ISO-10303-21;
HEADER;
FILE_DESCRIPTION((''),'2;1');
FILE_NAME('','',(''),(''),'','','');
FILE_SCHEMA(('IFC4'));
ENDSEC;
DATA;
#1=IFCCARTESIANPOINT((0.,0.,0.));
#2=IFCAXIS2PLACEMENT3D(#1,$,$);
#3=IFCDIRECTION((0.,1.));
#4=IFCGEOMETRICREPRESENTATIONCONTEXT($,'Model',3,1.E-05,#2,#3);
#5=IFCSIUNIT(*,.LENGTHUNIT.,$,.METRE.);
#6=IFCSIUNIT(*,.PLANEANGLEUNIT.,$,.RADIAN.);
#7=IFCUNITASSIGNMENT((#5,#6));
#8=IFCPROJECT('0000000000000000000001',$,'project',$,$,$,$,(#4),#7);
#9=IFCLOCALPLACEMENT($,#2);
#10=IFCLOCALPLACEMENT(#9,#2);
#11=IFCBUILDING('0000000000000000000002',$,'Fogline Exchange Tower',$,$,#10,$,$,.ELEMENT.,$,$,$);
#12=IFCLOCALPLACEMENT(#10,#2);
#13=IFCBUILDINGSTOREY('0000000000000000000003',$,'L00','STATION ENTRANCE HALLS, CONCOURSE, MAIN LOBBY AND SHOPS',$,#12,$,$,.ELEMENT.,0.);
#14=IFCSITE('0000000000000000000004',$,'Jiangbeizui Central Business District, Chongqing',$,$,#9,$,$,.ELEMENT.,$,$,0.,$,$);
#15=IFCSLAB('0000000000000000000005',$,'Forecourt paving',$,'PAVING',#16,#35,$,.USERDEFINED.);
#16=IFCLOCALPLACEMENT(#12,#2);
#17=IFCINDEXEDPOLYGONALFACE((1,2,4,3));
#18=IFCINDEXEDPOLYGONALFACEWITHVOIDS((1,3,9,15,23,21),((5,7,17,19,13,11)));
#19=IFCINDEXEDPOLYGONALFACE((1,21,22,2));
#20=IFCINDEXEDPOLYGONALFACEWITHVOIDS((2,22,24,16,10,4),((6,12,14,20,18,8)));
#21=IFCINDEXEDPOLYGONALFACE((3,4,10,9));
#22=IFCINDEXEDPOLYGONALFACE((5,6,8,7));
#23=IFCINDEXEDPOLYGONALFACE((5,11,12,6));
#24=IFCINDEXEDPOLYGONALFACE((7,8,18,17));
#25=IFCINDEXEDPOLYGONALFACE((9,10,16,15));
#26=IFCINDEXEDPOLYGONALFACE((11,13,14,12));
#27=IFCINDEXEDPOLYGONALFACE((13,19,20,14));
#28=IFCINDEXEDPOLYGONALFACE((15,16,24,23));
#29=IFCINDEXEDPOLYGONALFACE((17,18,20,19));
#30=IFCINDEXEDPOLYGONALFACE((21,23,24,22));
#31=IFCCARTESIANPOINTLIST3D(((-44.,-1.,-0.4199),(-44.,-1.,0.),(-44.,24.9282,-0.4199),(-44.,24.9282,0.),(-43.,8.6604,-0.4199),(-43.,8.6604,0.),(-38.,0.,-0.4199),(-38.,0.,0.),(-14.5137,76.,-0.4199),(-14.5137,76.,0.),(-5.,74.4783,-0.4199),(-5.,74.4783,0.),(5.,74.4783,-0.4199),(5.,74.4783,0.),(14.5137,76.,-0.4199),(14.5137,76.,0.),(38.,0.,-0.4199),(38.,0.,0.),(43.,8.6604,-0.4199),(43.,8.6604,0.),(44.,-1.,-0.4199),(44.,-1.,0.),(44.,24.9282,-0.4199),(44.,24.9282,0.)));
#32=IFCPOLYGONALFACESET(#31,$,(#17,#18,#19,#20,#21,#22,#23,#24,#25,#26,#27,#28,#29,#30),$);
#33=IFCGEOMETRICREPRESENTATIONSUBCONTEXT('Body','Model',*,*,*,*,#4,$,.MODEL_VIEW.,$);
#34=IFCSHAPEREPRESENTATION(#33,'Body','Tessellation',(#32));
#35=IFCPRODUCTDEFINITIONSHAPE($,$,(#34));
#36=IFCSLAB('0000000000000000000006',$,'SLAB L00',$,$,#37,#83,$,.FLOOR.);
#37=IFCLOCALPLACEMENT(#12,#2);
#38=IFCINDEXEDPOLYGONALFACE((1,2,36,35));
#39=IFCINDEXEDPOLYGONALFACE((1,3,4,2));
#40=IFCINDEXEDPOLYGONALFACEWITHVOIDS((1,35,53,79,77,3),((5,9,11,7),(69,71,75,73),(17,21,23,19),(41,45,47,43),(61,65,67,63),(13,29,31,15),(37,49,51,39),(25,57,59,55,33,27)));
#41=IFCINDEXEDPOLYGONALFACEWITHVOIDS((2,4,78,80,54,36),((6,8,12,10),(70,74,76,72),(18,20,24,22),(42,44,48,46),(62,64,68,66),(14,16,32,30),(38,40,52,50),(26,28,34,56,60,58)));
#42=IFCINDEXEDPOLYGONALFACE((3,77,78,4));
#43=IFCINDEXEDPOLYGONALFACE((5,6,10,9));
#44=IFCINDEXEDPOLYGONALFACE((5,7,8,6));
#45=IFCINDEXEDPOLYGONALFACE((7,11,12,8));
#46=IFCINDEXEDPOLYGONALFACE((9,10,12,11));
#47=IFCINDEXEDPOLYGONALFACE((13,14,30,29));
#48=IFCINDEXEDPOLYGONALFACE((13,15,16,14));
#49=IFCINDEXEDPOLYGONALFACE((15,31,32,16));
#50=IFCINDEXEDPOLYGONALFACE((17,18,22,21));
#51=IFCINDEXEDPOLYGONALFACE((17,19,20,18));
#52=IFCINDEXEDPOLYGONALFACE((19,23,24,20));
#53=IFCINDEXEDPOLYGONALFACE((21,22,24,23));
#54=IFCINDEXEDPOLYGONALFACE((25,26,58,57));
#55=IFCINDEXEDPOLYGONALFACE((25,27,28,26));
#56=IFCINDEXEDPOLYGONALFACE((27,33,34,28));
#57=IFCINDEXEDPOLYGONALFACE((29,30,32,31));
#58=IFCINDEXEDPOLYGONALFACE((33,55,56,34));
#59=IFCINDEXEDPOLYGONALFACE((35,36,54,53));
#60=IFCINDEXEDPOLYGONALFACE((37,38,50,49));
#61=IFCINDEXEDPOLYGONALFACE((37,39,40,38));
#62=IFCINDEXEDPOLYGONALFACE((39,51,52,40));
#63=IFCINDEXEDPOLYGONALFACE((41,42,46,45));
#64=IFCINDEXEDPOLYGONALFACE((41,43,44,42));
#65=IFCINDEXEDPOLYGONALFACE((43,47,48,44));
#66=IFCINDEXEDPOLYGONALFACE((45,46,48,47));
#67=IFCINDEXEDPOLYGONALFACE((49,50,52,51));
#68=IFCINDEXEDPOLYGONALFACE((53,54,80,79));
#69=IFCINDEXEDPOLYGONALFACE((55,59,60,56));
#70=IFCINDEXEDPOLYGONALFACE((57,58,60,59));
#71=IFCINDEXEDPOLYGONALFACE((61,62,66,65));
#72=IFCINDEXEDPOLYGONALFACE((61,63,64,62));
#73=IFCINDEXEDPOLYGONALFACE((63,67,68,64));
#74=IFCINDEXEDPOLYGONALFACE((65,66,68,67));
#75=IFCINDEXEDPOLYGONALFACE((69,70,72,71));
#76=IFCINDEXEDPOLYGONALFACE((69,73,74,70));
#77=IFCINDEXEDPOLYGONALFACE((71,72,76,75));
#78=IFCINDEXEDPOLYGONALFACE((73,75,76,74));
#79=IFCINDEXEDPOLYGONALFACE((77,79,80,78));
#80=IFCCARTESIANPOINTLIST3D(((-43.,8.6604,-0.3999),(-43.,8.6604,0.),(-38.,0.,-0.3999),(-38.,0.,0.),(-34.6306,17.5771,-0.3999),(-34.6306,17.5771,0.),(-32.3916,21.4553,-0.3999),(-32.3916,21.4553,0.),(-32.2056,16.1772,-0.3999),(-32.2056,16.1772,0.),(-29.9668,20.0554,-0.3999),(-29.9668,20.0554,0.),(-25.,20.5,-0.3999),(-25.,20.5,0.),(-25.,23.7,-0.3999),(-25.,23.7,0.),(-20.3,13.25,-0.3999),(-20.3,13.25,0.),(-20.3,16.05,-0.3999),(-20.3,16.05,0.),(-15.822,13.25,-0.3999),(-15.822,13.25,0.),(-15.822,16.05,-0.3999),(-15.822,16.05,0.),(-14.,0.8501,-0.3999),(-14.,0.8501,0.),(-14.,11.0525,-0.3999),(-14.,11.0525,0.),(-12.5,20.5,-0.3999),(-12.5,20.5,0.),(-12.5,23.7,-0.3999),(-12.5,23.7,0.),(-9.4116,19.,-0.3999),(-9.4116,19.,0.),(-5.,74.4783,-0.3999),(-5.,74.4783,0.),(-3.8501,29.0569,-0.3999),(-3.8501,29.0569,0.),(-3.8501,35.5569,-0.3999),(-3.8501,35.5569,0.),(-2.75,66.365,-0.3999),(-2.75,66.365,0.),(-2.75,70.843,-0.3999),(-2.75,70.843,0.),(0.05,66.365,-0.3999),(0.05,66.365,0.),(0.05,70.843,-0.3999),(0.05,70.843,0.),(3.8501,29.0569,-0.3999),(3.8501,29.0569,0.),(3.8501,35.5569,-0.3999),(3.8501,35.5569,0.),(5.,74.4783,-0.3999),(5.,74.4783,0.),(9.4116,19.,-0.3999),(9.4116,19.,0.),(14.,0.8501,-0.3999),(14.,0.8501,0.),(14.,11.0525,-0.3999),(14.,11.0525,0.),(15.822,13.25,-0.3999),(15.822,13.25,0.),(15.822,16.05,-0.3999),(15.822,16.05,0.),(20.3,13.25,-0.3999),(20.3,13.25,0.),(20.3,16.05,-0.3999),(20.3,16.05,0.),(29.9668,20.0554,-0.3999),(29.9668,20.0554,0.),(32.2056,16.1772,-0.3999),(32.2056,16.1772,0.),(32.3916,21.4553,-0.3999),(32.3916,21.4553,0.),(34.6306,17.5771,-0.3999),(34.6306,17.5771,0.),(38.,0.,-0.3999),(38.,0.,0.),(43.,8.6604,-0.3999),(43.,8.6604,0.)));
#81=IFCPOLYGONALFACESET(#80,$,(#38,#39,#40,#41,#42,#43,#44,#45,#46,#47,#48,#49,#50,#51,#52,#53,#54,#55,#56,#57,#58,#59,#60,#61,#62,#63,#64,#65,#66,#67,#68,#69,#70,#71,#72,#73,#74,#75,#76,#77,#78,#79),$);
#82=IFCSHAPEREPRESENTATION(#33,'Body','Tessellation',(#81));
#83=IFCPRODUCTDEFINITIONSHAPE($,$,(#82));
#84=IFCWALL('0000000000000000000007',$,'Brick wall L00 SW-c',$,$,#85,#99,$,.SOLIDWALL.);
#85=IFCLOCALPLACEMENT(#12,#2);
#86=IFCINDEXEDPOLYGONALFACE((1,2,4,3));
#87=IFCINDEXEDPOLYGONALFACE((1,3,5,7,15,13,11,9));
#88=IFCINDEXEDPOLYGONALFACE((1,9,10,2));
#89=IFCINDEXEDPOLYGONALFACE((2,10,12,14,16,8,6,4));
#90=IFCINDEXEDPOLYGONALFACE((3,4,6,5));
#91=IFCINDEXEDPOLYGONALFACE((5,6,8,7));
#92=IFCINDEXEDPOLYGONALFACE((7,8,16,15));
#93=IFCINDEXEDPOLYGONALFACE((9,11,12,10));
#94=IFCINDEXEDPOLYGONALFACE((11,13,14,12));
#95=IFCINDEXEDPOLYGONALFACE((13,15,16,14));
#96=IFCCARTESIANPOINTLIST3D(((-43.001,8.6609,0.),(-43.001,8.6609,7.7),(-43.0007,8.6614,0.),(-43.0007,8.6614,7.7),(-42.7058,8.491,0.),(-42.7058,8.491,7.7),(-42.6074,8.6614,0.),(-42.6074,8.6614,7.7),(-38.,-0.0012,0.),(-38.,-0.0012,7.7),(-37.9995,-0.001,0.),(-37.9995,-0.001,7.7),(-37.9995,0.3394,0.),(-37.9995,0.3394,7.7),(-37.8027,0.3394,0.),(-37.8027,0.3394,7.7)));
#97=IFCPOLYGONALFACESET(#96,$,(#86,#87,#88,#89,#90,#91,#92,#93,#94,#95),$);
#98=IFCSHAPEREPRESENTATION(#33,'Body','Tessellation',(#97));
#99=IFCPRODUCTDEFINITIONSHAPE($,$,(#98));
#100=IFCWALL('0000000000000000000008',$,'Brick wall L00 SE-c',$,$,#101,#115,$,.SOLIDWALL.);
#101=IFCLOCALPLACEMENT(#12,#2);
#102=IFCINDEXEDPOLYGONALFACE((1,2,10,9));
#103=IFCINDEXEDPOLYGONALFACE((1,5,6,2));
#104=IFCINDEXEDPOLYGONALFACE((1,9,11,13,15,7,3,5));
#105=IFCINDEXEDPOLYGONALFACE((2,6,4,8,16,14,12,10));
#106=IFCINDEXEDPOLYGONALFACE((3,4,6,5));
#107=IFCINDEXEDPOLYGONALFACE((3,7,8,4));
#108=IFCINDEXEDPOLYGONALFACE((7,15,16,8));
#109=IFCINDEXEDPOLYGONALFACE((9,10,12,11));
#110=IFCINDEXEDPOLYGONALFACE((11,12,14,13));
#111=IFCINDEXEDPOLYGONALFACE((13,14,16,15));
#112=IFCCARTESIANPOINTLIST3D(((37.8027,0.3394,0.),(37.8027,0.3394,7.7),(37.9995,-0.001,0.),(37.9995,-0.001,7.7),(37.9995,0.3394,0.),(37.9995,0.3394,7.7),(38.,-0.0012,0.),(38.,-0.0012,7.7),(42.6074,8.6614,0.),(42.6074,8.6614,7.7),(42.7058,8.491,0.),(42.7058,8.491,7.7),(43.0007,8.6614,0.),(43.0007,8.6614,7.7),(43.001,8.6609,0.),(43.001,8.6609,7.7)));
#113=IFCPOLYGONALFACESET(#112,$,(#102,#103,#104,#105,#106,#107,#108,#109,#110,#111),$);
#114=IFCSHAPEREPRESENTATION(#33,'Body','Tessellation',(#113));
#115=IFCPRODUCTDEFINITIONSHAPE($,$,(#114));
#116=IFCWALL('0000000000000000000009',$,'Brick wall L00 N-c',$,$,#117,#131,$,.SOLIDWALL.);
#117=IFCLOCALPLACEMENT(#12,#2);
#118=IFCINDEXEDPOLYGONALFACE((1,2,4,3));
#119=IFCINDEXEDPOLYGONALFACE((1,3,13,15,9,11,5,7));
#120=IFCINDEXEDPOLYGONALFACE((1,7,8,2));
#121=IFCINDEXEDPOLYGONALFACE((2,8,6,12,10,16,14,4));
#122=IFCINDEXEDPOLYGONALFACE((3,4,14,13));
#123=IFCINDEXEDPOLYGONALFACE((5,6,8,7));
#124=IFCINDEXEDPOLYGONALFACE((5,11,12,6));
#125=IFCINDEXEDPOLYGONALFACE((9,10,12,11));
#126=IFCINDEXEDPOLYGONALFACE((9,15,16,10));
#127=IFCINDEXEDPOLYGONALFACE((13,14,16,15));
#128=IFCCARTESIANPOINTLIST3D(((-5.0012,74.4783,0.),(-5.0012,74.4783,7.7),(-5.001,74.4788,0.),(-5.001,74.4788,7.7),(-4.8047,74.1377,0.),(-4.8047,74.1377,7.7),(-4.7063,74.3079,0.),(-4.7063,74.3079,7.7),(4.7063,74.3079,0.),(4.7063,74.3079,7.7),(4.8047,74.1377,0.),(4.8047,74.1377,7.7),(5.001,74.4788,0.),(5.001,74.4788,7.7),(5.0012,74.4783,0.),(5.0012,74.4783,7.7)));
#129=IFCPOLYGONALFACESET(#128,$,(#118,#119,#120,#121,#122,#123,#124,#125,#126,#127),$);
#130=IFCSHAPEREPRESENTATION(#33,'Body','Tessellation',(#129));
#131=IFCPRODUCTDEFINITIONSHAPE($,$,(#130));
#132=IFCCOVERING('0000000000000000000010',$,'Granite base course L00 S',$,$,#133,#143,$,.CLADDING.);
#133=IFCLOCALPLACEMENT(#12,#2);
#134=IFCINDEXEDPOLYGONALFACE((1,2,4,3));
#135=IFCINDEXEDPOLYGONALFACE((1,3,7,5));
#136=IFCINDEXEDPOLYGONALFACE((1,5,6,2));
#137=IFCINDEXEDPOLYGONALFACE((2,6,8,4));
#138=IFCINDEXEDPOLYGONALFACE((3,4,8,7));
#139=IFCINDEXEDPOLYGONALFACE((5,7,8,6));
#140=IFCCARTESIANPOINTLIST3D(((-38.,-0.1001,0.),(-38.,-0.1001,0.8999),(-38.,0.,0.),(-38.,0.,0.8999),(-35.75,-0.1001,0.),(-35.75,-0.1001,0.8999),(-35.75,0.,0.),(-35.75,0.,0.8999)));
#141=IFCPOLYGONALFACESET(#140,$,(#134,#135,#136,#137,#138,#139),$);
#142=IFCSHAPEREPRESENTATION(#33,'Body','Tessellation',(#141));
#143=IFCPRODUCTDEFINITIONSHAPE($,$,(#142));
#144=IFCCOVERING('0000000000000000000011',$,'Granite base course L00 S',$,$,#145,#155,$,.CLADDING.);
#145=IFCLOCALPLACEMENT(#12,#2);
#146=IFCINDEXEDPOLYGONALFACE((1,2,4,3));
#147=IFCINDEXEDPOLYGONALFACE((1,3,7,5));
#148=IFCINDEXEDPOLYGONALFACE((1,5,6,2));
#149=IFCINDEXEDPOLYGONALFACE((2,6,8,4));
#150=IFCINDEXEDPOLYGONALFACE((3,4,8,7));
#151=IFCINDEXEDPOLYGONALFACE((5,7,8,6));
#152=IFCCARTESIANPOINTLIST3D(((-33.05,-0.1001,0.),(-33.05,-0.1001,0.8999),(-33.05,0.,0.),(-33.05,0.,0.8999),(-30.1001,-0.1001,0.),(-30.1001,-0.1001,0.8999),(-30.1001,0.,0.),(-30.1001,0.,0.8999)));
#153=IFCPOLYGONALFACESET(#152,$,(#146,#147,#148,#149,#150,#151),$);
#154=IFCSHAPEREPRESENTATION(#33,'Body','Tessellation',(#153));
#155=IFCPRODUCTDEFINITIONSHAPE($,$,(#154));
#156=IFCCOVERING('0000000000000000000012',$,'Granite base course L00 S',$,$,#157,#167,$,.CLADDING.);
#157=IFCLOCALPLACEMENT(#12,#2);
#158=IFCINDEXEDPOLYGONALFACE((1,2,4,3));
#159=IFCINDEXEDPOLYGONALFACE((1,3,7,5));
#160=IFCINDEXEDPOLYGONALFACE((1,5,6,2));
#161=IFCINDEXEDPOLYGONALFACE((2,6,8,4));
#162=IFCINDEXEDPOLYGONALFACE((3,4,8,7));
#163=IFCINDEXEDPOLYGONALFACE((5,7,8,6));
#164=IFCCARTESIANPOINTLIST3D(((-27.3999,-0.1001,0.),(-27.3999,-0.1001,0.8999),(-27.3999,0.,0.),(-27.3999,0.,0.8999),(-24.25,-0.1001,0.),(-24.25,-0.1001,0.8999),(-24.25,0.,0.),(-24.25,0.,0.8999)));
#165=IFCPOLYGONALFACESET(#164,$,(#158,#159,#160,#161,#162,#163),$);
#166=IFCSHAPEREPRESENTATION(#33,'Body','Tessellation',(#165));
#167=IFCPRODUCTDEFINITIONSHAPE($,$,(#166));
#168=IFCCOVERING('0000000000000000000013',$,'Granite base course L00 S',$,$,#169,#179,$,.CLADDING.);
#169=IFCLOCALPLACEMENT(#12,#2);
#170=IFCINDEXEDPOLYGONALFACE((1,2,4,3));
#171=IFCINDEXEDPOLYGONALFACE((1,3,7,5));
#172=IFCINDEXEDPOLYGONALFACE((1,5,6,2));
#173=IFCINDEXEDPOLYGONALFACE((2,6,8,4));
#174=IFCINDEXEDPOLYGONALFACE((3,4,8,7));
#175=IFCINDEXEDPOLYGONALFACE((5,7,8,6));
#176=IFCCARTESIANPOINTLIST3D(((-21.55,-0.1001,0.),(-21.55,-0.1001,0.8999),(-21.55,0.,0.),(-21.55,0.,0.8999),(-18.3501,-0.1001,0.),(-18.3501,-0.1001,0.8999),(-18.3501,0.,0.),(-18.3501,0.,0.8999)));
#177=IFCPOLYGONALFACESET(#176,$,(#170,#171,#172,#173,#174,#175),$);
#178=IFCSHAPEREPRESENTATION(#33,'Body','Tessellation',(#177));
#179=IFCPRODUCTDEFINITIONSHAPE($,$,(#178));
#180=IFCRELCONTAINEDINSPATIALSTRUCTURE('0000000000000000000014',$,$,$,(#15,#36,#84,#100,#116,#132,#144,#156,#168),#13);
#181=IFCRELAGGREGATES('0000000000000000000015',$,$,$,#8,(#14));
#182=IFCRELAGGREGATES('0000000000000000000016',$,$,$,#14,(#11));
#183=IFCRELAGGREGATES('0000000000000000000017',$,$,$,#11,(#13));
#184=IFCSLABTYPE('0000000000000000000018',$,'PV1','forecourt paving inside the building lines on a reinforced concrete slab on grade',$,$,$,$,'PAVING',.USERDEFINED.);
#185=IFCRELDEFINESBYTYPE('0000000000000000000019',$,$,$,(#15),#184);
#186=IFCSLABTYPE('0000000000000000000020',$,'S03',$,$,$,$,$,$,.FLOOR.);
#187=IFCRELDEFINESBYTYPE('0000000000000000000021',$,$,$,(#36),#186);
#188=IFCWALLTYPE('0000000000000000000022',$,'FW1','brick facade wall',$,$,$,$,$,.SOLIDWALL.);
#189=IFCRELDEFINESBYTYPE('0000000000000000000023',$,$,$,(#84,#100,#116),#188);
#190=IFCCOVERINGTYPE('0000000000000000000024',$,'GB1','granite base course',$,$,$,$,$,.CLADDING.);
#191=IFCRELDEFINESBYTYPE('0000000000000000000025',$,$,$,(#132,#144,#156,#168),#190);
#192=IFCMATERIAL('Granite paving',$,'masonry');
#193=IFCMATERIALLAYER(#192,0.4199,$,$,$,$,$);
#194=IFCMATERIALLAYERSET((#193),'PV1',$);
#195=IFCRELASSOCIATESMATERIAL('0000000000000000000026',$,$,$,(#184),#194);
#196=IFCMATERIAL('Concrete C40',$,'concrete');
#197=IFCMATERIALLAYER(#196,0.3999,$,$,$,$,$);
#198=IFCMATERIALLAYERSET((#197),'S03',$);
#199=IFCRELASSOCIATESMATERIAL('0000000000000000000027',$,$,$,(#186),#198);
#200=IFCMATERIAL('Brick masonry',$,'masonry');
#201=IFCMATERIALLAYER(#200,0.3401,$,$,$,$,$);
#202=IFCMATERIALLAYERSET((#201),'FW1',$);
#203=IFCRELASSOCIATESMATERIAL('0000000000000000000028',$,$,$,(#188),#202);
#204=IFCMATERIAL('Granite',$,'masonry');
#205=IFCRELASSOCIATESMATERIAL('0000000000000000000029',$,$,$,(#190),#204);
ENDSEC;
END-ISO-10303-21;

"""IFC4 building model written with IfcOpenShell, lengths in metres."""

from ifc_helpers import new_model, si_unit, direction, frame, origin, place, context, subcontext, project, spatial, polyline, outline, extrude, material, layer, layer_set, type_object, element, save


model = new_model("IFC4")

# Units and contexts
model_context = context("Model", 3, precision=1e-05, world=origin(), true_north=direction((0.0, 1.0)))
body_context = subcontext(model_context, "Body", "Model", "MODEL_VIEW")
ifc_project = project(units=[si_unit("LENGTHUNIT", "METRE"), si_unit("PLANEANGLEUNIT", "RADIAN")], contexts=[model_context])

# Site, building, storey
site_placement = place(None, origin())
site = spatial("IfcSite", under=ifc_project, at=site_placement, Name="Jiangbeizui Central Business District, Chongqing", CompositionType="ELEMENT", RefElevation=0.0)
building_placement = place(site_placement, origin())
building = spatial("IfcBuilding", under=site, at=building_placement, Name="Fogline Exchange Tower", CompositionType="ELEMENT")
storey_placement = place(building_placement, origin())
storey = spatial("IfcBuildingStorey", under=building, at=storey_placement, Name="L00", Description="STATION ENTRANCE HALLS, CONCOURSE, MAIN LOBBY AND SHOPS", CompositionType="ELEMENT", Elevation=0.0)

# Slabs
ifc_material_1 = material(Name="Granite paving", Category="masonry")
ifc_layer_1 = layer(ifc_material_1, 0.4199)
ifc_layer_set_1 = layer_set([ifc_layer_1], Name="PV1")
slab_type_1 = type_object("IfcSlabType", Name="PV1", Description="forecourt paving inside the building lines on a reinforced concrete slab on grade", ElementType="PAVING", PredefinedType="USERDEFINED", material=ifc_layer_set_1)
slab_1_placement = place(storey_placement, frame((0.0, 0.0, -0.4199)))
element("IfcSlab", 1, at=slab_1_placement, inside=storey, type_object=slab_type_1, Name="Forecourt paving", ObjectType="PAVING", PredefinedType="USERDEFINED", context=body_context, shape_type="SweptSolid", body=[
    extrude(outline(polyline([(44.0, 24.9282), (14.5137, 76.0), (-14.5137, 76.0), (-44.0, 24.9282), (-44.0, -1.0), (44.0, -1.0), (44.0, 24.9282)]), holes=[polyline([(38.0, 0.0), (-38.0, 0.0), (-43.0, 8.6604), (-5.0, 74.4783), (5.0, 74.4783), (43.0, 8.6604), (38.0, 0.0)])]), origin(), (0.0, 0.0, 1.0), 0.4199),
])
ifc_material_2 = material(Name="Concrete C40", Category="concrete")
ifc_layer_2 = layer(ifc_material_2, 0.3999)
ifc_layer_set_2 = layer_set([ifc_layer_2], Name="S03")
slab_type_2 = type_object("IfcSlabType", Name="S03", PredefinedType="FLOOR", material=ifc_layer_set_2)
slab_2_placement = place(storey_placement, frame((0.0, 0.0, -0.3999)))
element("IfcSlab", 2, at=slab_2_placement, inside=storey, type_object=slab_type_2, Name="SLAB L00", PredefinedType="FLOOR", context=body_context, shape_type="SweptSolid", body=[
    extrude(outline(polyline([(43.0, 8.6604), (5.0, 74.4783), (-5.0, 74.4783), (-43.0, 8.6604), (-38.0, 0.0), (38.0, 0.0), (43.0, 8.6604)]), holes=[polyline([(9.4116, 19.0), (14.0, 11.0525), (14.0, 0.8501), (-14.0, 0.8501), (-14.0, 11.0525), (-9.4116, 19.0), (9.4116, 19.0)]), polyline([(-20.3, 13.25), (-20.3, 16.05), (-15.822, 16.05), (-15.822, 13.25), (-20.3, 13.25)]), polyline([(15.822, 16.05), (20.3, 16.05), (20.3, 13.25), (15.822, 13.25), (15.822, 16.05)]), polyline([(-29.9668, 20.0554), (-32.2056, 16.1772), (-34.6306, 17.5771), (-32.3916, 21.4553), (-29.9668, 20.0554)]), polyline([(29.9668, 20.0554), (32.3916, 21.4553), (34.6306, 17.5771), (32.2056, 16.1772), (29.9668, 20.0554)]), polyline([(-25.0, 20.5), (-25.0, 23.7), (-12.5, 23.7), (-12.5, 20.5), (-25.0, 20.5)]), polyline([(-2.75, 66.365), (-2.75, 70.843), (0.05, 70.843), (0.05, 66.365), (-2.75, 66.365)]), polyline([(3.8501, 35.5569), (3.8501, 29.0569), (-3.8501, 29.0569), (-3.8501, 35.5569), (3.8501, 35.5569)])]), origin(), (0.0, 0.0, 1.0), 0.3999),
])

# Walls
ifc_material_3 = material(Name="Brick masonry", Category="masonry")
ifc_layer_3 = layer(ifc_material_3, 0.3401)
ifc_layer_set_3 = layer_set([ifc_layer_3], Name="FW1")
wall_type = type_object("IfcWallType", Name="FW1", Description="brick facade wall", PredefinedType="SOLIDWALL", material=ifc_layer_set_3)
wall_1_placement = place(storey_placement, origin())
element("IfcWall", 3, at=wall_1_placement, inside=storey, type_object=wall_type, Name="Brick wall L00 SW-c", PredefinedType="SOLIDWALL", context=body_context, shape_type="SweptSolid", body=[
    extrude(outline(polyline([(-43.0007, 8.6614), (-42.7058, 8.491), (-42.6074, 8.6614), (-37.8027, 0.3394), (-37.9995, 0.3394), (-37.9995, -0.001), (-38.0, -0.0012), (-43.001, 8.6609), (-43.0007, 8.6614)])), origin(), (0.0, 0.0, 1.0), 7.7),
])
wall_2_placement = place(storey_placement, origin())
element("IfcWall", 4, at=wall_2_placement, inside=storey, type_object=wall_type, Name="Brick wall L00 SE-c", PredefinedType="SOLIDWALL", context=body_context, shape_type="SweptSolid", body=[
    extrude(outline(polyline([(37.9995, -0.001), (37.9995, 0.3394), (37.8027, 0.3394), (42.6074, 8.6614), (42.7058, 8.491), (43.0007, 8.6614), (43.001, 8.6609), (38.0, -0.0012), (37.9995, -0.001)])), origin(), (0.0, 0.0, 1.0), 7.7),
])
wall_3_placement = place(storey_placement, origin())
element("IfcWall", 5, at=wall_3_placement, inside=storey, type_object=wall_type, Name="Brick wall L00 N-c", PredefinedType="SOLIDWALL", context=body_context, shape_type="SweptSolid", body=[
    extrude(outline(polyline([(5.0012, 74.4783), (4.7063, 74.3079), (4.8047, 74.1377), (-4.8047, 74.1377), (-4.7063, 74.3079), (-5.0012, 74.4783), (-5.001, 74.4788), (5.001, 74.4788), (5.0012, 74.4783)])), origin(), (0.0, 0.0, 1.0), 7.7),
])

# Coverings
ifc_material_4 = material(Name="Granite", Category="masonry")
covering_type = type_object("IfcCoveringType", Name="GB1", Description="granite base course", PredefinedType="CLADDING", material=ifc_material_4)
covering_1_placement = place(storey_placement, origin())
element("IfcCovering", 6, at=covering_1_placement, inside=storey, type_object=covering_type, Name="Granite base course L00 S", PredefinedType="CLADDING", context=body_context, shape_type="SweptSolid", body=[
    extrude(outline(polyline([(-38.0, 0.0), (-38.0, -0.1001), (-35.75, -0.1001), (-35.75, 0.0), (-38.0, 0.0)])), origin(), (0.0, 0.0, 1.0), 0.8999),
])
covering_2_placement = place(storey_placement, origin())
element("IfcCovering", 7, at=covering_2_placement, inside=storey, type_object=covering_type, Name="Granite base course L00 S", PredefinedType="CLADDING", context=body_context, shape_type="SweptSolid", body=[
    extrude(outline(polyline([(-33.05, 0.0), (-33.05, -0.1001), (-30.1001, -0.1001), (-30.1001, 0.0), (-33.05, 0.0)])), origin(), (0.0, 0.0, 1.0), 0.8999),
])
covering_3_placement = place(storey_placement, origin())
element("IfcCovering", 8, at=covering_3_placement, inside=storey, type_object=covering_type, Name="Granite base course L00 S", PredefinedType="CLADDING", context=body_context, shape_type="SweptSolid", body=[
    extrude(outline(polyline([(-27.3999, 0.0), (-27.3999, -0.1001), (-24.25, -0.1001), (-24.25, 0.0), (-27.3999, 0.0)])), origin(), (0.0, 0.0, 1.0), 0.8999),
])
covering_4_placement = place(storey_placement, origin())
element("IfcCovering", 9, at=covering_4_placement, inside=storey, type_object=covering_type, Name="Granite base course L00 S", PredefinedType="CLADDING", context=body_context, shape_type="SweptSolid", body=[
    extrude(outline(polyline([(-21.55, 0.0), (-21.55, -0.1001), (-18.3501, -0.1001), (-18.3501, 0.0), (-21.55, 0.0)])), origin(), (0.0, 0.0, 1.0), 0.8999),
])

save(model, "model.ifc")
